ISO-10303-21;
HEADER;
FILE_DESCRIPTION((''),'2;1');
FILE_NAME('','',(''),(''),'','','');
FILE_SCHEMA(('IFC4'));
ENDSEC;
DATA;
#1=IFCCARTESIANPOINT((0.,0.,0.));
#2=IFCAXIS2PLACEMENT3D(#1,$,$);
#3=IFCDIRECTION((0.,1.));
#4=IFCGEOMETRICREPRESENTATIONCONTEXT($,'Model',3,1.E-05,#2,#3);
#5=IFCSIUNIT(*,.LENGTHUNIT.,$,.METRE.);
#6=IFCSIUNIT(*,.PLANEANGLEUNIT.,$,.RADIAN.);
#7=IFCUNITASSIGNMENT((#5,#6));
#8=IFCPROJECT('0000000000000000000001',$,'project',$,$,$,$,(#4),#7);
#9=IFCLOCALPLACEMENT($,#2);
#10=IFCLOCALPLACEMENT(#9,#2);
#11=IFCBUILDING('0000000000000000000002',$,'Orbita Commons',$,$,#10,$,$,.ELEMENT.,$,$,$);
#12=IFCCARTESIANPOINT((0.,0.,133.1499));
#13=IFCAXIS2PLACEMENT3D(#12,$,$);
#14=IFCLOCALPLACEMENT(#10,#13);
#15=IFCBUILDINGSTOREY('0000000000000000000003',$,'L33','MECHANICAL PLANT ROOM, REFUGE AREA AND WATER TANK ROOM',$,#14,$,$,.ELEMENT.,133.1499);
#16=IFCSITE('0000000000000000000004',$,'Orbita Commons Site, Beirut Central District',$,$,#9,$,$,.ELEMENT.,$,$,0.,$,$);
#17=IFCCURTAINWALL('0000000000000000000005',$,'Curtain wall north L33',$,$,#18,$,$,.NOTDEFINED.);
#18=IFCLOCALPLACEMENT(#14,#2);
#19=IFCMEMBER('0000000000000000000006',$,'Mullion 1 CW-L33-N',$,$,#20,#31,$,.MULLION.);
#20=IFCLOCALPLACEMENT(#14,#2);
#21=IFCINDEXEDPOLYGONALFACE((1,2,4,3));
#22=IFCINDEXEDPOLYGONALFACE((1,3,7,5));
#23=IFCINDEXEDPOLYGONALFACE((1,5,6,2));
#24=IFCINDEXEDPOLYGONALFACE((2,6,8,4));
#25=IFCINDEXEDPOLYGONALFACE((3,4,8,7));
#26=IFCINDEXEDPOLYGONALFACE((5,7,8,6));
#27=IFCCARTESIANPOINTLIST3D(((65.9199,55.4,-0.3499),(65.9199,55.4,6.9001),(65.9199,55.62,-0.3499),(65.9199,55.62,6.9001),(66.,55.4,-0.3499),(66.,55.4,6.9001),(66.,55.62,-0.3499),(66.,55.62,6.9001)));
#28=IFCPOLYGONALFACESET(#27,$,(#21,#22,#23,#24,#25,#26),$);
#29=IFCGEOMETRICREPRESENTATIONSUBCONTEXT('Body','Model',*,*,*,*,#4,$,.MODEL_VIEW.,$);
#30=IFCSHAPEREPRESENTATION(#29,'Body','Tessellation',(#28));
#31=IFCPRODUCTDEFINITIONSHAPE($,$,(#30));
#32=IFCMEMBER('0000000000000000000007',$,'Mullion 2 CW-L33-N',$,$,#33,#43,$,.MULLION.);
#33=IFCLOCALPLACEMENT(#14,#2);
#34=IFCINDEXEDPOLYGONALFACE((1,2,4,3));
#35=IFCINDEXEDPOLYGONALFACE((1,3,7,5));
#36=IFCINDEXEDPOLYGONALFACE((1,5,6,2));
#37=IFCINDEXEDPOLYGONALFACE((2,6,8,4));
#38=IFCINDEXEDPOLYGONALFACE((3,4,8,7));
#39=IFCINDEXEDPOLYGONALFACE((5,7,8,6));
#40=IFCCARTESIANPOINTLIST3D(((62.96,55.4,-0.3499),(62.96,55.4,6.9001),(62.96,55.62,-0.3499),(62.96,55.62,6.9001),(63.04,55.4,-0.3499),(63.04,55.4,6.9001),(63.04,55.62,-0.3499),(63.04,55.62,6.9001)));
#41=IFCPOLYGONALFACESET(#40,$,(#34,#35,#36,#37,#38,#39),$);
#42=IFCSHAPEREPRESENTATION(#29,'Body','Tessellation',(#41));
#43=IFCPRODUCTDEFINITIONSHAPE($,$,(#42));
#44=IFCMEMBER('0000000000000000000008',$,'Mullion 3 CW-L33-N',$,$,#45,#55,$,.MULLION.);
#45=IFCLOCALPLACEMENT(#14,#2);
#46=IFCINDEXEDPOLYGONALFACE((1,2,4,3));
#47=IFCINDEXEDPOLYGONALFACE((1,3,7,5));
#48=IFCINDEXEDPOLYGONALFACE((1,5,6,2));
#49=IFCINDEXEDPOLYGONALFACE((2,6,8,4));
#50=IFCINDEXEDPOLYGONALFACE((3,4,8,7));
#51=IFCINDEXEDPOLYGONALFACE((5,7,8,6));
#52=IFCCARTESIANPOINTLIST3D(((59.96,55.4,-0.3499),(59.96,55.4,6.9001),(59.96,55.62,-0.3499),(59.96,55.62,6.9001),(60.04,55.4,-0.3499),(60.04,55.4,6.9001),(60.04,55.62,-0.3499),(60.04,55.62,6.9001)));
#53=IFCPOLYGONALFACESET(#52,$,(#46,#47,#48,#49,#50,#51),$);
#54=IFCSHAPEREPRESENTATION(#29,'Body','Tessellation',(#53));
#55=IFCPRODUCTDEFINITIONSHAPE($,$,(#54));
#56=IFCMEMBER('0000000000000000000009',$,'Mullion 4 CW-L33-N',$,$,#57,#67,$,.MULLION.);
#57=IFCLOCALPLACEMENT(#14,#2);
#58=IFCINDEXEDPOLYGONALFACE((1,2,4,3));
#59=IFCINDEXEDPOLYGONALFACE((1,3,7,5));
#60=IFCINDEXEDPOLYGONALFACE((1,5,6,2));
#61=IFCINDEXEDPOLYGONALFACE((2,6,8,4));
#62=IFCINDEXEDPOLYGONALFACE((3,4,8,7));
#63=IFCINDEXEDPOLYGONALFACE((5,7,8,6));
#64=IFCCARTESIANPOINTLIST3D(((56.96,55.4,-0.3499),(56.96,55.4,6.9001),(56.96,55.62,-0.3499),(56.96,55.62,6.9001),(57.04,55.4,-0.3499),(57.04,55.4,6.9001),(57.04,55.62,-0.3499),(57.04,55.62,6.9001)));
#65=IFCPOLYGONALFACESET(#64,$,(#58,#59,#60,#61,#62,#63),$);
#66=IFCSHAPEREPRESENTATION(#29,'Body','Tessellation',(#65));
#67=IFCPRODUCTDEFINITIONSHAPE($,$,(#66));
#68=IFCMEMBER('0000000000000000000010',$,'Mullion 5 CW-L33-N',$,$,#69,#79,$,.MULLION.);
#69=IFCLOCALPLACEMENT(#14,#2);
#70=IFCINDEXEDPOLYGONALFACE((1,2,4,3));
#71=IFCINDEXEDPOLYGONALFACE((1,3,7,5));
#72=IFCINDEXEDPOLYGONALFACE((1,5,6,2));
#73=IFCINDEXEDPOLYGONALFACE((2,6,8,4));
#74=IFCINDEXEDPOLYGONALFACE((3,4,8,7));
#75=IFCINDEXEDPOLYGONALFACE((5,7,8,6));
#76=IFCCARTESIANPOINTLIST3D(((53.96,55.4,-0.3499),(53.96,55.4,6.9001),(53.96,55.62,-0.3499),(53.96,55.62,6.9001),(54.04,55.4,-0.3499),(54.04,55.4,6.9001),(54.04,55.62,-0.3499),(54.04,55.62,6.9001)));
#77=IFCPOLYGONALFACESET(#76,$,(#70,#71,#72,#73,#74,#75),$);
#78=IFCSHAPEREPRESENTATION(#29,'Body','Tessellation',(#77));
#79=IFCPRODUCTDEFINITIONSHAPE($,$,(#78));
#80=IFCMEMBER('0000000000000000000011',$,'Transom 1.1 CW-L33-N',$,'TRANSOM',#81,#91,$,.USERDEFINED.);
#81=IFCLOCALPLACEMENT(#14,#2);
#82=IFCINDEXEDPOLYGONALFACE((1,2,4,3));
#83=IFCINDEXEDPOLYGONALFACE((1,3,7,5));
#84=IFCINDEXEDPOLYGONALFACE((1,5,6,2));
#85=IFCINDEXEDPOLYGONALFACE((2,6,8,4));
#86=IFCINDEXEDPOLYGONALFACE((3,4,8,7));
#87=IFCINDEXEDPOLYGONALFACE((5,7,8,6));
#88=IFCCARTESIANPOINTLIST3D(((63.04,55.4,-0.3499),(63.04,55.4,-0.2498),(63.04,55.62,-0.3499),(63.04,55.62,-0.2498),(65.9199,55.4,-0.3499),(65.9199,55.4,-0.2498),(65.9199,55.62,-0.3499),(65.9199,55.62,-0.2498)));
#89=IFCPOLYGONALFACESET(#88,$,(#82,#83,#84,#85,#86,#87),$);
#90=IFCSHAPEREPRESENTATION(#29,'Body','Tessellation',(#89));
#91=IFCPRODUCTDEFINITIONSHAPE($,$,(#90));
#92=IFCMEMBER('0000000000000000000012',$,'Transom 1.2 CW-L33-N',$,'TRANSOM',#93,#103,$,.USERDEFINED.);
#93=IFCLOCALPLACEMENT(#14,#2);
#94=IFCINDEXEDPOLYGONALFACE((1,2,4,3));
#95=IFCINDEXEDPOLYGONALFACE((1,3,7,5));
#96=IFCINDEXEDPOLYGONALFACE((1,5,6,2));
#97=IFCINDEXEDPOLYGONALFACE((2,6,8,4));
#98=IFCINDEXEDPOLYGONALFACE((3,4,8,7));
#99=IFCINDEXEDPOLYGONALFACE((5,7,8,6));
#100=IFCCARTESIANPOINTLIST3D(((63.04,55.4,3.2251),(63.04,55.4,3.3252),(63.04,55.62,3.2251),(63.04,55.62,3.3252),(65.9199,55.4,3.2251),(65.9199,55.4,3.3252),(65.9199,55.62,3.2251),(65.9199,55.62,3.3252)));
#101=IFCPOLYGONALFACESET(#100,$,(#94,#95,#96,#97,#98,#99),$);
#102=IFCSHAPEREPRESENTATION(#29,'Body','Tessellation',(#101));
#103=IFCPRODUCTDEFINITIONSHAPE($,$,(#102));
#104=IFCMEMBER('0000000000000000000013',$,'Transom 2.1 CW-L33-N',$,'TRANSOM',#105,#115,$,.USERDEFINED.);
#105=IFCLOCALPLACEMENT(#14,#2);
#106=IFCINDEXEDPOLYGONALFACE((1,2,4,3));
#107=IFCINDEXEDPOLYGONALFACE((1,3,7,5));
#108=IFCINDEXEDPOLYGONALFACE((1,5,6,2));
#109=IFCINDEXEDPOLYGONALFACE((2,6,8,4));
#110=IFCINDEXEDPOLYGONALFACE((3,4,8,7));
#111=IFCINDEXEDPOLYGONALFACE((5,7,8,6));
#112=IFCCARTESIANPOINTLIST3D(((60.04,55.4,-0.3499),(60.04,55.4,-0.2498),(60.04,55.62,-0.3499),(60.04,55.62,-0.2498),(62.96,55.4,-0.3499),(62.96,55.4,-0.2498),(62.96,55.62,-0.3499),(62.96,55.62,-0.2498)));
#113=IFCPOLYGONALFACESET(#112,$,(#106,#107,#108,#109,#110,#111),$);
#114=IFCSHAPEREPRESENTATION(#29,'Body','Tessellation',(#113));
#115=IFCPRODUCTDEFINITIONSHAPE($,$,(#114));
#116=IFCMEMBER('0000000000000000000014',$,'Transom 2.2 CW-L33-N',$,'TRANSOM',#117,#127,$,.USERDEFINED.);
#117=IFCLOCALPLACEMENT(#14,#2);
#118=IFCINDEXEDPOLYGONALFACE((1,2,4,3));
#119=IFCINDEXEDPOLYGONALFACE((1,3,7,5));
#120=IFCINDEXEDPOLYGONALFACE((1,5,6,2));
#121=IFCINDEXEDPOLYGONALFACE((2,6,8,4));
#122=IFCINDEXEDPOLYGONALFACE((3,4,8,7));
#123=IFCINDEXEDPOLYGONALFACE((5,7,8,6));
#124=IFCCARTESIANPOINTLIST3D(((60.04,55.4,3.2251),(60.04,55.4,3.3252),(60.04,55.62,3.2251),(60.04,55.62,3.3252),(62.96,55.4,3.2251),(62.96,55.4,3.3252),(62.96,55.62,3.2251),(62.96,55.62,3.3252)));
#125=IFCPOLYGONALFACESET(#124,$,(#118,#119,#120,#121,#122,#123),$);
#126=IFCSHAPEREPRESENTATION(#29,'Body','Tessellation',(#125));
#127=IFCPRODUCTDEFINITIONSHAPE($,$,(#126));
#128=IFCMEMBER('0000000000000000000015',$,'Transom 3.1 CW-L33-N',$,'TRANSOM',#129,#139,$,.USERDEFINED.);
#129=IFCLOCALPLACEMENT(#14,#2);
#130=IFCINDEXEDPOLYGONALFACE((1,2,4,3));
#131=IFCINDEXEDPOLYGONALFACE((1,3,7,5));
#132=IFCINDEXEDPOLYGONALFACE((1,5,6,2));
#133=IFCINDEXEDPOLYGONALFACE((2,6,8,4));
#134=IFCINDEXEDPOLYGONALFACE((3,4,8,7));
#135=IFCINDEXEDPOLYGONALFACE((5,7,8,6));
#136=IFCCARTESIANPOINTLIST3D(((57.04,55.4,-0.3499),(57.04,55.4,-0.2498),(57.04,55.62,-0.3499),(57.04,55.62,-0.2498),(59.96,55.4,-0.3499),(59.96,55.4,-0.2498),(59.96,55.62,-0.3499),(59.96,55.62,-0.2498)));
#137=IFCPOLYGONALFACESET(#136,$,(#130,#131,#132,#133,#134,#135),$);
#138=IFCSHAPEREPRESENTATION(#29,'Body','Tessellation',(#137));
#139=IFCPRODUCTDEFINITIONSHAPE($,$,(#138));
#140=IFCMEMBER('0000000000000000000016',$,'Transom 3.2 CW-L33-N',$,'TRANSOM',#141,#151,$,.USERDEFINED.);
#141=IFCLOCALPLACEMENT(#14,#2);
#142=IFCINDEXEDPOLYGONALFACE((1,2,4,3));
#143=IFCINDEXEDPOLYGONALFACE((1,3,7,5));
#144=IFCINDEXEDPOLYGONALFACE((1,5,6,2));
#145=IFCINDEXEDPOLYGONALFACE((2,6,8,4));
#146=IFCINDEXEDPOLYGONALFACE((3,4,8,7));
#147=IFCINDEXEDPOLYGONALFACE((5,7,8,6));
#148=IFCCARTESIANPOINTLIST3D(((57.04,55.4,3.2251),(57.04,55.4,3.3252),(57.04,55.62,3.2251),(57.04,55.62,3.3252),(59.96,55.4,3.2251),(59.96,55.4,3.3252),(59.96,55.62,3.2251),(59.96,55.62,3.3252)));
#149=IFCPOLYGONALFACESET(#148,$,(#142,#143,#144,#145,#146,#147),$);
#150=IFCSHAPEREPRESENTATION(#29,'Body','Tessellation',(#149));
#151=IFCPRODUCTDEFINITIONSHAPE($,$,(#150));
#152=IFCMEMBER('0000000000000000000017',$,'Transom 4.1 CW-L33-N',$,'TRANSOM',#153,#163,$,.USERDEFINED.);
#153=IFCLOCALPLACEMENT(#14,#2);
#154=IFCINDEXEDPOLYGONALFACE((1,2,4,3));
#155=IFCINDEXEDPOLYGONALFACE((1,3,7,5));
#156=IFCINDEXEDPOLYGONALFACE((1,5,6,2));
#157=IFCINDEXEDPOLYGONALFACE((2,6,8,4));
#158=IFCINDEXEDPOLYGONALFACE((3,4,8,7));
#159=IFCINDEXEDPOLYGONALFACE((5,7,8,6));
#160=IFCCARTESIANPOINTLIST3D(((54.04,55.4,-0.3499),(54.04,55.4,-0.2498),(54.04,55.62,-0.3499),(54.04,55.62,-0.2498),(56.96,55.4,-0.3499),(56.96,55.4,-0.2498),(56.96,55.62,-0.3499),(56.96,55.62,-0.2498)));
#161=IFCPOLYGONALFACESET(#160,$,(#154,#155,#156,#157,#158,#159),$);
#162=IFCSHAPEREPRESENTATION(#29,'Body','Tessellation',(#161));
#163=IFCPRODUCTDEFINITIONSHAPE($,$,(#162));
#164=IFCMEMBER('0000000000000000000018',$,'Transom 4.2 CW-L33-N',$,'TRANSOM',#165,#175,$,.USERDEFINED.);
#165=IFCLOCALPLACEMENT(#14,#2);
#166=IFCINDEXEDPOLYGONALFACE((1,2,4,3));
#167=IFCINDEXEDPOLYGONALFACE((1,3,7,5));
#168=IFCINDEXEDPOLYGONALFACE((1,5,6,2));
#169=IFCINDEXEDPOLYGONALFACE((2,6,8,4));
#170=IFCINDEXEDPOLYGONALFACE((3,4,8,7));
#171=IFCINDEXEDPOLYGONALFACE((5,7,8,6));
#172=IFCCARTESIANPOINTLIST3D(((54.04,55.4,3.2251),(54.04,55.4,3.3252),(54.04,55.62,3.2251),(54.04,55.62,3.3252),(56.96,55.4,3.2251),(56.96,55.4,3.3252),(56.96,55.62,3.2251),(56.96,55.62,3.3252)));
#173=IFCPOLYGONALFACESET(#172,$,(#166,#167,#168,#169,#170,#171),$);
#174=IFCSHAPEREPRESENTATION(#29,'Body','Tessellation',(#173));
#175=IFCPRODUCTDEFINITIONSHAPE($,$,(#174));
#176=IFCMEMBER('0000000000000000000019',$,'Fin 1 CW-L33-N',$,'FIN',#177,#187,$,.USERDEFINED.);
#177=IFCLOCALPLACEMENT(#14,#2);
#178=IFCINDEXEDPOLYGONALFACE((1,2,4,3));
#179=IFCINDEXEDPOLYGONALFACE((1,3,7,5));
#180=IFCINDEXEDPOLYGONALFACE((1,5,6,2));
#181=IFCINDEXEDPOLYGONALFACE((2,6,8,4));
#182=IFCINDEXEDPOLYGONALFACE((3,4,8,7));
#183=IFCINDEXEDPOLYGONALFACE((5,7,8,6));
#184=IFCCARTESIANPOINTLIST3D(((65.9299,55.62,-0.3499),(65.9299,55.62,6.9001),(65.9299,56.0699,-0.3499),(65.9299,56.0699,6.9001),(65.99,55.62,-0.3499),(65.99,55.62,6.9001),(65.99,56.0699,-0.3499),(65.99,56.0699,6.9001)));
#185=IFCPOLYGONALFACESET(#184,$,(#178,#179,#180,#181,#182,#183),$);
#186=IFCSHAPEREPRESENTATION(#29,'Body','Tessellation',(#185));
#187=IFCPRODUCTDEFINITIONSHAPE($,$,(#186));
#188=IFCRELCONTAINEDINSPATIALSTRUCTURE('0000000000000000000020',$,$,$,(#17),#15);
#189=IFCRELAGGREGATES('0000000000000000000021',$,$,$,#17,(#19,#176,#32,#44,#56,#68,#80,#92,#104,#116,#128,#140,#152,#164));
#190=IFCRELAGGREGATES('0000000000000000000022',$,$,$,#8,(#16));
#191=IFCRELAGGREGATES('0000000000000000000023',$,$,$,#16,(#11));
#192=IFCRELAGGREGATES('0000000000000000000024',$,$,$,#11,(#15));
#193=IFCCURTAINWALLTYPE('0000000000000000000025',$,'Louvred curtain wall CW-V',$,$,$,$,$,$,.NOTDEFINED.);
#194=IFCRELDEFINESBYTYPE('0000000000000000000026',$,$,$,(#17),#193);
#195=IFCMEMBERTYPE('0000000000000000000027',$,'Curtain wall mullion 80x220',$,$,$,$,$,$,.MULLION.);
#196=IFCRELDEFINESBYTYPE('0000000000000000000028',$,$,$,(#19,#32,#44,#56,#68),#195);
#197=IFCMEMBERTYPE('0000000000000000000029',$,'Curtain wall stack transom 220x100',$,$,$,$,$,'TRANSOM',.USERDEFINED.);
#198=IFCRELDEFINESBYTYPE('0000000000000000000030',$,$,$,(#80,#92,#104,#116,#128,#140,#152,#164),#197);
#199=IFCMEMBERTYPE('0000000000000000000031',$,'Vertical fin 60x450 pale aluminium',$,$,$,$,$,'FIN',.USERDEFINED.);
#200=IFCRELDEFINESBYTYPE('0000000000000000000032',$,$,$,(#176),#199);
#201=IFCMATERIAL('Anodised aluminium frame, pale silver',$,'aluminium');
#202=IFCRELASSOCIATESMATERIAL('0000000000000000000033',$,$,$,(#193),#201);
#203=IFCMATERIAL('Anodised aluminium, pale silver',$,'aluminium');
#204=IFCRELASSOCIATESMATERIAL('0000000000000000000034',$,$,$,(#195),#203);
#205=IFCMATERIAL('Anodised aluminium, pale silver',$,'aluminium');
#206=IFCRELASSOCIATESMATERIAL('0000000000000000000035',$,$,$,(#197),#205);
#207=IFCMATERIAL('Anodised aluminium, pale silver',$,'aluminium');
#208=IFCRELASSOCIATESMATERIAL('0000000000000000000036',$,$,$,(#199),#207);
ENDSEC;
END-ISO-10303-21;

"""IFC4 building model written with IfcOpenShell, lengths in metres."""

from ifc_helpers import new_model, si_unit, direction, frame, origin, origin_2d, place, context, subcontext, project, spatial, rectangle, extrude, material, material_profile, profile_set, type_object, element, aggregate, save


model = new_model("IFC4")

# Units and contexts
model_context = context("Model", 3, precision=1e-05, world=origin(), true_north=direction((0.0, 1.0)))
body_context = subcontext(model_context, "Body", "Model", "MODEL_VIEW")
ifc_project = project(units=[si_unit("LENGTHUNIT", "METRE"), si_unit("PLANEANGLEUNIT", "RADIAN")], contexts=[model_context])

# Site, building, storey
site_placement = place(None, origin())
site = spatial("IfcSite", under=ifc_project, at=site_placement, Name="Orbita Commons Site, Beirut Central District", CompositionType="ELEMENT", RefElevation=0.0)
building_placement = place(site_placement, origin())
building = spatial("IfcBuilding", under=site, at=building_placement, Name="Orbita Commons", CompositionType="ELEMENT")
storey_placement = place(building_placement, frame((0.0, 0.0, 133.1499)))
storey = spatial("IfcBuildingStorey", under=building, at=storey_placement, Name="L33", Description="MECHANICAL PLANT ROOM, REFUGE AREA AND WATER TANK ROOM", CompositionType="ELEMENT", Elevation=133.1499)

# Curtain wall, members
ifc_material_1 = material(Name="Anodised aluminium frame, pale silver", Category="aluminium")
curtain_wall_type = type_object("IfcCurtainWallType", Name="Louvred curtain wall CW-V", PredefinedType="NOTDEFINED", material=ifc_material_1)
curtain_wall_placement = place(storey_placement, origin())
curtain_wall = element("IfcCurtainWall", 1, at=curtain_wall_placement, inside=storey, type_object=curtain_wall_type, Name="Curtain wall north L33", PredefinedType="NOTDEFINED")
ifc_material_2 = material(Name="Anodised aluminium, pale silver", Category="aluminium")
ifc_material_profile_1 = material_profile(ifc_material_2, rectangle(XDim=0.0801, YDim=0.22, at=origin_2d()), Name="AL 80x220")
ifc_profile_set_1 = profile_set([ifc_material_profile_1], Name="Anodised aluminium, pale silver")
member_type_1 = type_object("IfcMemberType", Name="Curtain wall mullion 80x220", PredefinedType="MULLION", material=ifc_profile_set_1)
member_1_placement = place(storey_placement, frame((65.96, 55.51, -0.3499), z_axis=(0.0, 0.0, 1.0), x_axis=(-1.0, 0.0, 0.0)))
member_1 = element("IfcMember", 2, at=member_1_placement, type_object=member_type_1, Name="Mullion 1 CW-L33-N", PredefinedType="MULLION", context=body_context, shape_type="SweptSolid", body=[
    extrude(rectangle(XDim=0.0801, YDim=0.22, at=origin_2d()), origin(), (0.0, 0.0, 1.0), 7.25),
])
member_2_placement = place(storey_placement, frame((63.0, 55.51, -0.3499), z_axis=(0.0, 0.0, 1.0), x_axis=(-1.0, 0.0, 0.0)))
member_2 = element("IfcMember", 3, at=member_2_placement, type_object=member_type_1, Name="Mullion 2 CW-L33-N", PredefinedType="MULLION", context=body_context, shape_type="SweptSolid", body=[
    extrude(rectangle(XDim=0.0801, YDim=0.22, at=origin_2d()), origin(), (0.0, 0.0, 1.0), 7.25),
])
member_3_placement = place(storey_placement, frame((60.0, 55.51, -0.3499), z_axis=(0.0, 0.0, 1.0), x_axis=(-1.0, 0.0, 0.0)))
member_3 = element("IfcMember", 4, at=member_3_placement, type_object=member_type_1, Name="Mullion 3 CW-L33-N", PredefinedType="MULLION", context=body_context, shape_type="SweptSolid", body=[
    extrude(rectangle(XDim=0.0801, YDim=0.22, at=origin_2d()), origin(), (0.0, 0.0, 1.0), 7.25),
])
member_4_placement = place(storey_placement, frame((57.0, 55.51, -0.3499), z_axis=(0.0, 0.0, 1.0), x_axis=(-1.0, 0.0, 0.0)))
member_4 = element("IfcMember", 5, at=member_4_placement, type_object=member_type_1, Name="Mullion 4 CW-L33-N", PredefinedType="MULLION", context=body_context, shape_type="SweptSolid", body=[
    extrude(rectangle(XDim=0.0801, YDim=0.22, at=origin_2d()), origin(), (0.0, 0.0, 1.0), 7.25),
])
member_5_placement = place(storey_placement, frame((54.0, 55.51, -0.3499), z_axis=(0.0, 0.0, 1.0), x_axis=(-1.0, 0.0, 0.0)))
member_5 = element("IfcMember", 6, at=member_5_placement, type_object=member_type_1, Name="Mullion 5 CW-L33-N", PredefinedType="MULLION", context=body_context, shape_type="SweptSolid", body=[
    extrude(rectangle(XDim=0.0801, YDim=0.22, at=origin_2d()), origin(), (0.0, 0.0, 1.0), 7.25),
])
ifc_material_3 = material(Name="Anodised aluminium, pale silver", Category="aluminium")
ifc_material_profile_2 = material_profile(ifc_material_3, rectangle(XDim=0.22, YDim=0.1001, at=origin_2d()), Name="AL 220x100")
ifc_profile_set_2 = profile_set([ifc_material_profile_2], Name="Anodised aluminium, pale silver")
member_type_2 = type_object("IfcMemberType", Name="Curtain wall stack transom 220x100", ElementType="TRANSOM", PredefinedType="USERDEFINED", material=ifc_profile_set_2)
member_6_placement = place(storey_placement, frame((65.9199, 55.51, -0.2998), z_axis=(-1.0, 0.0, 0.0), x_axis=(0.0, -1.0, 0.0)))
member_6 = element("IfcMember", 7, at=member_6_placement, type_object=member_type_2, Name="Transom 1.1 CW-L33-N", ObjectType="TRANSOM", PredefinedType="USERDEFINED", context=body_context, shape_type="SweptSolid", body=[
    extrude(rectangle(XDim=0.22, YDim=0.1001, at=origin_2d()), origin(), (0.0, 0.0, 1.0), 2.8799),
])
member_7_placement = place(storey_placement, frame((65.9199, 55.51, 3.2751), z_axis=(-1.0, 0.0, 0.0), x_axis=(0.0, -1.0, 0.0)))
member_7 = element("IfcMember", 8, at=member_7_placement, type_object=member_type_2, Name="Transom 1.2 CW-L33-N", ObjectType="TRANSOM", PredefinedType="USERDEFINED", context=body_context, shape_type="SweptSolid", body=[
    extrude(rectangle(XDim=0.22, YDim=0.1001, at=origin_2d()), origin(), (0.0, 0.0, 1.0), 2.8799),
])
member_8_placement = place(storey_placement, frame((62.96, 55.51, -0.2998), z_axis=(-1.0, 0.0, 0.0), x_axis=(0.0, -1.0, 0.0)))
member_8 = element("IfcMember", 9, at=member_8_placement, type_object=member_type_2, Name="Transom 2.1 CW-L33-N", ObjectType="TRANSOM", PredefinedType="USERDEFINED", context=body_context, shape_type="SweptSolid", body=[
    extrude(rectangle(XDim=0.22, YDim=0.1001, at=origin_2d()), origin(), (0.0, 0.0, 1.0), 2.9199),
])
member_9_placement = place(storey_placement, frame((62.96, 55.51, 3.2751), z_axis=(-1.0, 0.0, 0.0), x_axis=(0.0, -1.0, 0.0)))
member_9 = element("IfcMember", 10, at=member_9_placement, type_object=member_type_2, Name="Transom 2.2 CW-L33-N", ObjectType="TRANSOM", PredefinedType="USERDEFINED", context=body_context, shape_type="SweptSolid", body=[
    extrude(rectangle(XDim=0.22, YDim=0.1001, at=origin_2d()), origin(), (0.0, 0.0, 1.0), 2.9199),
])
member_10_placement = place(storey_placement, frame((59.96, 55.51, -0.2998), z_axis=(-1.0, 0.0, 0.0), x_axis=(0.0, -1.0, 0.0)))
member_10 = element("IfcMember", 11, at=member_10_placement, type_object=member_type_2, Name="Transom 3.1 CW-L33-N", ObjectType="TRANSOM", PredefinedType="USERDEFINED", context=body_context, shape_type="SweptSolid", body=[
    extrude(rectangle(XDim=0.22, YDim=0.1001, at=origin_2d()), origin(), (0.0, 0.0, 1.0), 2.9199),
])
member_11_placement = place(storey_placement, frame((59.96, 55.51, 3.2751), z_axis=(-1.0, 0.0, 0.0), x_axis=(0.0, -1.0, 0.0)))
member_11 = element("IfcMember", 12, at=member_11_placement, type_object=member_type_2, Name="Transom 3.2 CW-L33-N", ObjectType="TRANSOM", PredefinedType="USERDEFINED", context=body_context, shape_type="SweptSolid", body=[
    extrude(rectangle(XDim=0.22, YDim=0.1001, at=origin_2d()), origin(), (0.0, 0.0, 1.0), 2.9199),
])
member_12_placement = place(storey_placement, frame((56.96, 55.51, -0.2998), z_axis=(-1.0, 0.0, 0.0), x_axis=(0.0, -1.0, 0.0)))
member_12 = element("IfcMember", 13, at=member_12_placement, type_object=member_type_2, Name="Transom 4.1 CW-L33-N", ObjectType="TRANSOM", PredefinedType="USERDEFINED", context=body_context, shape_type="SweptSolid", body=[
    extrude(rectangle(XDim=0.22, YDim=0.1001, at=origin_2d()), origin(), (0.0, 0.0, 1.0), 2.9199),
])
member_13_placement = place(storey_placement, frame((56.96, 55.51, 3.2751), z_axis=(-1.0, 0.0, 0.0), x_axis=(0.0, -1.0, 0.0)))
member_13 = element("IfcMember", 14, at=member_13_placement, type_object=member_type_2, Name="Transom 4.2 CW-L33-N", ObjectType="TRANSOM", PredefinedType="USERDEFINED", context=body_context, shape_type="SweptSolid", body=[
    extrude(rectangle(XDim=0.22, YDim=0.1001, at=origin_2d()), origin(), (0.0, 0.0, 1.0), 2.9199),
])
ifc_material_4 = material(Name="Anodised aluminium, pale silver", Category="aluminium")
ifc_material_profile_3 = material_profile(ifc_material_4, rectangle(XDim=0.0601, YDim=0.45, at=origin_2d()), Name="FIN 60x450")
ifc_profile_set_3 = profile_set([ifc_material_profile_3], Name="Anodised aluminium, pale silver")
member_type_3 = type_object("IfcMemberType", Name="Vertical fin 60x450 pale aluminium", ElementType="FIN", PredefinedType="USERDEFINED", material=ifc_profile_set_3)
member_14_placement = place(storey_placement, frame((65.96, 55.845, -0.3499), z_axis=(0.0, 0.0, 1.0), x_axis=(-1.0, 0.0, 0.0)))
member_14 = element("IfcMember", 15, at=member_14_placement, type_object=member_type_3, Name="Fin 1 CW-L33-N", ObjectType="FIN", PredefinedType="USERDEFINED", context=body_context, shape_type="SweptSolid", body=[
    extrude(rectangle(XDim=0.0601, YDim=0.45, at=origin_2d()), origin(), (0.0, 0.0, 1.0), 7.25),
])
aggregate(curtain_wall, [member_1, member_14, member_2, member_3, member_4, member_5, member_6, member_7, member_8, member_9, member_10, member_11, member_12, member_13])

save(model, "model.ifc")
